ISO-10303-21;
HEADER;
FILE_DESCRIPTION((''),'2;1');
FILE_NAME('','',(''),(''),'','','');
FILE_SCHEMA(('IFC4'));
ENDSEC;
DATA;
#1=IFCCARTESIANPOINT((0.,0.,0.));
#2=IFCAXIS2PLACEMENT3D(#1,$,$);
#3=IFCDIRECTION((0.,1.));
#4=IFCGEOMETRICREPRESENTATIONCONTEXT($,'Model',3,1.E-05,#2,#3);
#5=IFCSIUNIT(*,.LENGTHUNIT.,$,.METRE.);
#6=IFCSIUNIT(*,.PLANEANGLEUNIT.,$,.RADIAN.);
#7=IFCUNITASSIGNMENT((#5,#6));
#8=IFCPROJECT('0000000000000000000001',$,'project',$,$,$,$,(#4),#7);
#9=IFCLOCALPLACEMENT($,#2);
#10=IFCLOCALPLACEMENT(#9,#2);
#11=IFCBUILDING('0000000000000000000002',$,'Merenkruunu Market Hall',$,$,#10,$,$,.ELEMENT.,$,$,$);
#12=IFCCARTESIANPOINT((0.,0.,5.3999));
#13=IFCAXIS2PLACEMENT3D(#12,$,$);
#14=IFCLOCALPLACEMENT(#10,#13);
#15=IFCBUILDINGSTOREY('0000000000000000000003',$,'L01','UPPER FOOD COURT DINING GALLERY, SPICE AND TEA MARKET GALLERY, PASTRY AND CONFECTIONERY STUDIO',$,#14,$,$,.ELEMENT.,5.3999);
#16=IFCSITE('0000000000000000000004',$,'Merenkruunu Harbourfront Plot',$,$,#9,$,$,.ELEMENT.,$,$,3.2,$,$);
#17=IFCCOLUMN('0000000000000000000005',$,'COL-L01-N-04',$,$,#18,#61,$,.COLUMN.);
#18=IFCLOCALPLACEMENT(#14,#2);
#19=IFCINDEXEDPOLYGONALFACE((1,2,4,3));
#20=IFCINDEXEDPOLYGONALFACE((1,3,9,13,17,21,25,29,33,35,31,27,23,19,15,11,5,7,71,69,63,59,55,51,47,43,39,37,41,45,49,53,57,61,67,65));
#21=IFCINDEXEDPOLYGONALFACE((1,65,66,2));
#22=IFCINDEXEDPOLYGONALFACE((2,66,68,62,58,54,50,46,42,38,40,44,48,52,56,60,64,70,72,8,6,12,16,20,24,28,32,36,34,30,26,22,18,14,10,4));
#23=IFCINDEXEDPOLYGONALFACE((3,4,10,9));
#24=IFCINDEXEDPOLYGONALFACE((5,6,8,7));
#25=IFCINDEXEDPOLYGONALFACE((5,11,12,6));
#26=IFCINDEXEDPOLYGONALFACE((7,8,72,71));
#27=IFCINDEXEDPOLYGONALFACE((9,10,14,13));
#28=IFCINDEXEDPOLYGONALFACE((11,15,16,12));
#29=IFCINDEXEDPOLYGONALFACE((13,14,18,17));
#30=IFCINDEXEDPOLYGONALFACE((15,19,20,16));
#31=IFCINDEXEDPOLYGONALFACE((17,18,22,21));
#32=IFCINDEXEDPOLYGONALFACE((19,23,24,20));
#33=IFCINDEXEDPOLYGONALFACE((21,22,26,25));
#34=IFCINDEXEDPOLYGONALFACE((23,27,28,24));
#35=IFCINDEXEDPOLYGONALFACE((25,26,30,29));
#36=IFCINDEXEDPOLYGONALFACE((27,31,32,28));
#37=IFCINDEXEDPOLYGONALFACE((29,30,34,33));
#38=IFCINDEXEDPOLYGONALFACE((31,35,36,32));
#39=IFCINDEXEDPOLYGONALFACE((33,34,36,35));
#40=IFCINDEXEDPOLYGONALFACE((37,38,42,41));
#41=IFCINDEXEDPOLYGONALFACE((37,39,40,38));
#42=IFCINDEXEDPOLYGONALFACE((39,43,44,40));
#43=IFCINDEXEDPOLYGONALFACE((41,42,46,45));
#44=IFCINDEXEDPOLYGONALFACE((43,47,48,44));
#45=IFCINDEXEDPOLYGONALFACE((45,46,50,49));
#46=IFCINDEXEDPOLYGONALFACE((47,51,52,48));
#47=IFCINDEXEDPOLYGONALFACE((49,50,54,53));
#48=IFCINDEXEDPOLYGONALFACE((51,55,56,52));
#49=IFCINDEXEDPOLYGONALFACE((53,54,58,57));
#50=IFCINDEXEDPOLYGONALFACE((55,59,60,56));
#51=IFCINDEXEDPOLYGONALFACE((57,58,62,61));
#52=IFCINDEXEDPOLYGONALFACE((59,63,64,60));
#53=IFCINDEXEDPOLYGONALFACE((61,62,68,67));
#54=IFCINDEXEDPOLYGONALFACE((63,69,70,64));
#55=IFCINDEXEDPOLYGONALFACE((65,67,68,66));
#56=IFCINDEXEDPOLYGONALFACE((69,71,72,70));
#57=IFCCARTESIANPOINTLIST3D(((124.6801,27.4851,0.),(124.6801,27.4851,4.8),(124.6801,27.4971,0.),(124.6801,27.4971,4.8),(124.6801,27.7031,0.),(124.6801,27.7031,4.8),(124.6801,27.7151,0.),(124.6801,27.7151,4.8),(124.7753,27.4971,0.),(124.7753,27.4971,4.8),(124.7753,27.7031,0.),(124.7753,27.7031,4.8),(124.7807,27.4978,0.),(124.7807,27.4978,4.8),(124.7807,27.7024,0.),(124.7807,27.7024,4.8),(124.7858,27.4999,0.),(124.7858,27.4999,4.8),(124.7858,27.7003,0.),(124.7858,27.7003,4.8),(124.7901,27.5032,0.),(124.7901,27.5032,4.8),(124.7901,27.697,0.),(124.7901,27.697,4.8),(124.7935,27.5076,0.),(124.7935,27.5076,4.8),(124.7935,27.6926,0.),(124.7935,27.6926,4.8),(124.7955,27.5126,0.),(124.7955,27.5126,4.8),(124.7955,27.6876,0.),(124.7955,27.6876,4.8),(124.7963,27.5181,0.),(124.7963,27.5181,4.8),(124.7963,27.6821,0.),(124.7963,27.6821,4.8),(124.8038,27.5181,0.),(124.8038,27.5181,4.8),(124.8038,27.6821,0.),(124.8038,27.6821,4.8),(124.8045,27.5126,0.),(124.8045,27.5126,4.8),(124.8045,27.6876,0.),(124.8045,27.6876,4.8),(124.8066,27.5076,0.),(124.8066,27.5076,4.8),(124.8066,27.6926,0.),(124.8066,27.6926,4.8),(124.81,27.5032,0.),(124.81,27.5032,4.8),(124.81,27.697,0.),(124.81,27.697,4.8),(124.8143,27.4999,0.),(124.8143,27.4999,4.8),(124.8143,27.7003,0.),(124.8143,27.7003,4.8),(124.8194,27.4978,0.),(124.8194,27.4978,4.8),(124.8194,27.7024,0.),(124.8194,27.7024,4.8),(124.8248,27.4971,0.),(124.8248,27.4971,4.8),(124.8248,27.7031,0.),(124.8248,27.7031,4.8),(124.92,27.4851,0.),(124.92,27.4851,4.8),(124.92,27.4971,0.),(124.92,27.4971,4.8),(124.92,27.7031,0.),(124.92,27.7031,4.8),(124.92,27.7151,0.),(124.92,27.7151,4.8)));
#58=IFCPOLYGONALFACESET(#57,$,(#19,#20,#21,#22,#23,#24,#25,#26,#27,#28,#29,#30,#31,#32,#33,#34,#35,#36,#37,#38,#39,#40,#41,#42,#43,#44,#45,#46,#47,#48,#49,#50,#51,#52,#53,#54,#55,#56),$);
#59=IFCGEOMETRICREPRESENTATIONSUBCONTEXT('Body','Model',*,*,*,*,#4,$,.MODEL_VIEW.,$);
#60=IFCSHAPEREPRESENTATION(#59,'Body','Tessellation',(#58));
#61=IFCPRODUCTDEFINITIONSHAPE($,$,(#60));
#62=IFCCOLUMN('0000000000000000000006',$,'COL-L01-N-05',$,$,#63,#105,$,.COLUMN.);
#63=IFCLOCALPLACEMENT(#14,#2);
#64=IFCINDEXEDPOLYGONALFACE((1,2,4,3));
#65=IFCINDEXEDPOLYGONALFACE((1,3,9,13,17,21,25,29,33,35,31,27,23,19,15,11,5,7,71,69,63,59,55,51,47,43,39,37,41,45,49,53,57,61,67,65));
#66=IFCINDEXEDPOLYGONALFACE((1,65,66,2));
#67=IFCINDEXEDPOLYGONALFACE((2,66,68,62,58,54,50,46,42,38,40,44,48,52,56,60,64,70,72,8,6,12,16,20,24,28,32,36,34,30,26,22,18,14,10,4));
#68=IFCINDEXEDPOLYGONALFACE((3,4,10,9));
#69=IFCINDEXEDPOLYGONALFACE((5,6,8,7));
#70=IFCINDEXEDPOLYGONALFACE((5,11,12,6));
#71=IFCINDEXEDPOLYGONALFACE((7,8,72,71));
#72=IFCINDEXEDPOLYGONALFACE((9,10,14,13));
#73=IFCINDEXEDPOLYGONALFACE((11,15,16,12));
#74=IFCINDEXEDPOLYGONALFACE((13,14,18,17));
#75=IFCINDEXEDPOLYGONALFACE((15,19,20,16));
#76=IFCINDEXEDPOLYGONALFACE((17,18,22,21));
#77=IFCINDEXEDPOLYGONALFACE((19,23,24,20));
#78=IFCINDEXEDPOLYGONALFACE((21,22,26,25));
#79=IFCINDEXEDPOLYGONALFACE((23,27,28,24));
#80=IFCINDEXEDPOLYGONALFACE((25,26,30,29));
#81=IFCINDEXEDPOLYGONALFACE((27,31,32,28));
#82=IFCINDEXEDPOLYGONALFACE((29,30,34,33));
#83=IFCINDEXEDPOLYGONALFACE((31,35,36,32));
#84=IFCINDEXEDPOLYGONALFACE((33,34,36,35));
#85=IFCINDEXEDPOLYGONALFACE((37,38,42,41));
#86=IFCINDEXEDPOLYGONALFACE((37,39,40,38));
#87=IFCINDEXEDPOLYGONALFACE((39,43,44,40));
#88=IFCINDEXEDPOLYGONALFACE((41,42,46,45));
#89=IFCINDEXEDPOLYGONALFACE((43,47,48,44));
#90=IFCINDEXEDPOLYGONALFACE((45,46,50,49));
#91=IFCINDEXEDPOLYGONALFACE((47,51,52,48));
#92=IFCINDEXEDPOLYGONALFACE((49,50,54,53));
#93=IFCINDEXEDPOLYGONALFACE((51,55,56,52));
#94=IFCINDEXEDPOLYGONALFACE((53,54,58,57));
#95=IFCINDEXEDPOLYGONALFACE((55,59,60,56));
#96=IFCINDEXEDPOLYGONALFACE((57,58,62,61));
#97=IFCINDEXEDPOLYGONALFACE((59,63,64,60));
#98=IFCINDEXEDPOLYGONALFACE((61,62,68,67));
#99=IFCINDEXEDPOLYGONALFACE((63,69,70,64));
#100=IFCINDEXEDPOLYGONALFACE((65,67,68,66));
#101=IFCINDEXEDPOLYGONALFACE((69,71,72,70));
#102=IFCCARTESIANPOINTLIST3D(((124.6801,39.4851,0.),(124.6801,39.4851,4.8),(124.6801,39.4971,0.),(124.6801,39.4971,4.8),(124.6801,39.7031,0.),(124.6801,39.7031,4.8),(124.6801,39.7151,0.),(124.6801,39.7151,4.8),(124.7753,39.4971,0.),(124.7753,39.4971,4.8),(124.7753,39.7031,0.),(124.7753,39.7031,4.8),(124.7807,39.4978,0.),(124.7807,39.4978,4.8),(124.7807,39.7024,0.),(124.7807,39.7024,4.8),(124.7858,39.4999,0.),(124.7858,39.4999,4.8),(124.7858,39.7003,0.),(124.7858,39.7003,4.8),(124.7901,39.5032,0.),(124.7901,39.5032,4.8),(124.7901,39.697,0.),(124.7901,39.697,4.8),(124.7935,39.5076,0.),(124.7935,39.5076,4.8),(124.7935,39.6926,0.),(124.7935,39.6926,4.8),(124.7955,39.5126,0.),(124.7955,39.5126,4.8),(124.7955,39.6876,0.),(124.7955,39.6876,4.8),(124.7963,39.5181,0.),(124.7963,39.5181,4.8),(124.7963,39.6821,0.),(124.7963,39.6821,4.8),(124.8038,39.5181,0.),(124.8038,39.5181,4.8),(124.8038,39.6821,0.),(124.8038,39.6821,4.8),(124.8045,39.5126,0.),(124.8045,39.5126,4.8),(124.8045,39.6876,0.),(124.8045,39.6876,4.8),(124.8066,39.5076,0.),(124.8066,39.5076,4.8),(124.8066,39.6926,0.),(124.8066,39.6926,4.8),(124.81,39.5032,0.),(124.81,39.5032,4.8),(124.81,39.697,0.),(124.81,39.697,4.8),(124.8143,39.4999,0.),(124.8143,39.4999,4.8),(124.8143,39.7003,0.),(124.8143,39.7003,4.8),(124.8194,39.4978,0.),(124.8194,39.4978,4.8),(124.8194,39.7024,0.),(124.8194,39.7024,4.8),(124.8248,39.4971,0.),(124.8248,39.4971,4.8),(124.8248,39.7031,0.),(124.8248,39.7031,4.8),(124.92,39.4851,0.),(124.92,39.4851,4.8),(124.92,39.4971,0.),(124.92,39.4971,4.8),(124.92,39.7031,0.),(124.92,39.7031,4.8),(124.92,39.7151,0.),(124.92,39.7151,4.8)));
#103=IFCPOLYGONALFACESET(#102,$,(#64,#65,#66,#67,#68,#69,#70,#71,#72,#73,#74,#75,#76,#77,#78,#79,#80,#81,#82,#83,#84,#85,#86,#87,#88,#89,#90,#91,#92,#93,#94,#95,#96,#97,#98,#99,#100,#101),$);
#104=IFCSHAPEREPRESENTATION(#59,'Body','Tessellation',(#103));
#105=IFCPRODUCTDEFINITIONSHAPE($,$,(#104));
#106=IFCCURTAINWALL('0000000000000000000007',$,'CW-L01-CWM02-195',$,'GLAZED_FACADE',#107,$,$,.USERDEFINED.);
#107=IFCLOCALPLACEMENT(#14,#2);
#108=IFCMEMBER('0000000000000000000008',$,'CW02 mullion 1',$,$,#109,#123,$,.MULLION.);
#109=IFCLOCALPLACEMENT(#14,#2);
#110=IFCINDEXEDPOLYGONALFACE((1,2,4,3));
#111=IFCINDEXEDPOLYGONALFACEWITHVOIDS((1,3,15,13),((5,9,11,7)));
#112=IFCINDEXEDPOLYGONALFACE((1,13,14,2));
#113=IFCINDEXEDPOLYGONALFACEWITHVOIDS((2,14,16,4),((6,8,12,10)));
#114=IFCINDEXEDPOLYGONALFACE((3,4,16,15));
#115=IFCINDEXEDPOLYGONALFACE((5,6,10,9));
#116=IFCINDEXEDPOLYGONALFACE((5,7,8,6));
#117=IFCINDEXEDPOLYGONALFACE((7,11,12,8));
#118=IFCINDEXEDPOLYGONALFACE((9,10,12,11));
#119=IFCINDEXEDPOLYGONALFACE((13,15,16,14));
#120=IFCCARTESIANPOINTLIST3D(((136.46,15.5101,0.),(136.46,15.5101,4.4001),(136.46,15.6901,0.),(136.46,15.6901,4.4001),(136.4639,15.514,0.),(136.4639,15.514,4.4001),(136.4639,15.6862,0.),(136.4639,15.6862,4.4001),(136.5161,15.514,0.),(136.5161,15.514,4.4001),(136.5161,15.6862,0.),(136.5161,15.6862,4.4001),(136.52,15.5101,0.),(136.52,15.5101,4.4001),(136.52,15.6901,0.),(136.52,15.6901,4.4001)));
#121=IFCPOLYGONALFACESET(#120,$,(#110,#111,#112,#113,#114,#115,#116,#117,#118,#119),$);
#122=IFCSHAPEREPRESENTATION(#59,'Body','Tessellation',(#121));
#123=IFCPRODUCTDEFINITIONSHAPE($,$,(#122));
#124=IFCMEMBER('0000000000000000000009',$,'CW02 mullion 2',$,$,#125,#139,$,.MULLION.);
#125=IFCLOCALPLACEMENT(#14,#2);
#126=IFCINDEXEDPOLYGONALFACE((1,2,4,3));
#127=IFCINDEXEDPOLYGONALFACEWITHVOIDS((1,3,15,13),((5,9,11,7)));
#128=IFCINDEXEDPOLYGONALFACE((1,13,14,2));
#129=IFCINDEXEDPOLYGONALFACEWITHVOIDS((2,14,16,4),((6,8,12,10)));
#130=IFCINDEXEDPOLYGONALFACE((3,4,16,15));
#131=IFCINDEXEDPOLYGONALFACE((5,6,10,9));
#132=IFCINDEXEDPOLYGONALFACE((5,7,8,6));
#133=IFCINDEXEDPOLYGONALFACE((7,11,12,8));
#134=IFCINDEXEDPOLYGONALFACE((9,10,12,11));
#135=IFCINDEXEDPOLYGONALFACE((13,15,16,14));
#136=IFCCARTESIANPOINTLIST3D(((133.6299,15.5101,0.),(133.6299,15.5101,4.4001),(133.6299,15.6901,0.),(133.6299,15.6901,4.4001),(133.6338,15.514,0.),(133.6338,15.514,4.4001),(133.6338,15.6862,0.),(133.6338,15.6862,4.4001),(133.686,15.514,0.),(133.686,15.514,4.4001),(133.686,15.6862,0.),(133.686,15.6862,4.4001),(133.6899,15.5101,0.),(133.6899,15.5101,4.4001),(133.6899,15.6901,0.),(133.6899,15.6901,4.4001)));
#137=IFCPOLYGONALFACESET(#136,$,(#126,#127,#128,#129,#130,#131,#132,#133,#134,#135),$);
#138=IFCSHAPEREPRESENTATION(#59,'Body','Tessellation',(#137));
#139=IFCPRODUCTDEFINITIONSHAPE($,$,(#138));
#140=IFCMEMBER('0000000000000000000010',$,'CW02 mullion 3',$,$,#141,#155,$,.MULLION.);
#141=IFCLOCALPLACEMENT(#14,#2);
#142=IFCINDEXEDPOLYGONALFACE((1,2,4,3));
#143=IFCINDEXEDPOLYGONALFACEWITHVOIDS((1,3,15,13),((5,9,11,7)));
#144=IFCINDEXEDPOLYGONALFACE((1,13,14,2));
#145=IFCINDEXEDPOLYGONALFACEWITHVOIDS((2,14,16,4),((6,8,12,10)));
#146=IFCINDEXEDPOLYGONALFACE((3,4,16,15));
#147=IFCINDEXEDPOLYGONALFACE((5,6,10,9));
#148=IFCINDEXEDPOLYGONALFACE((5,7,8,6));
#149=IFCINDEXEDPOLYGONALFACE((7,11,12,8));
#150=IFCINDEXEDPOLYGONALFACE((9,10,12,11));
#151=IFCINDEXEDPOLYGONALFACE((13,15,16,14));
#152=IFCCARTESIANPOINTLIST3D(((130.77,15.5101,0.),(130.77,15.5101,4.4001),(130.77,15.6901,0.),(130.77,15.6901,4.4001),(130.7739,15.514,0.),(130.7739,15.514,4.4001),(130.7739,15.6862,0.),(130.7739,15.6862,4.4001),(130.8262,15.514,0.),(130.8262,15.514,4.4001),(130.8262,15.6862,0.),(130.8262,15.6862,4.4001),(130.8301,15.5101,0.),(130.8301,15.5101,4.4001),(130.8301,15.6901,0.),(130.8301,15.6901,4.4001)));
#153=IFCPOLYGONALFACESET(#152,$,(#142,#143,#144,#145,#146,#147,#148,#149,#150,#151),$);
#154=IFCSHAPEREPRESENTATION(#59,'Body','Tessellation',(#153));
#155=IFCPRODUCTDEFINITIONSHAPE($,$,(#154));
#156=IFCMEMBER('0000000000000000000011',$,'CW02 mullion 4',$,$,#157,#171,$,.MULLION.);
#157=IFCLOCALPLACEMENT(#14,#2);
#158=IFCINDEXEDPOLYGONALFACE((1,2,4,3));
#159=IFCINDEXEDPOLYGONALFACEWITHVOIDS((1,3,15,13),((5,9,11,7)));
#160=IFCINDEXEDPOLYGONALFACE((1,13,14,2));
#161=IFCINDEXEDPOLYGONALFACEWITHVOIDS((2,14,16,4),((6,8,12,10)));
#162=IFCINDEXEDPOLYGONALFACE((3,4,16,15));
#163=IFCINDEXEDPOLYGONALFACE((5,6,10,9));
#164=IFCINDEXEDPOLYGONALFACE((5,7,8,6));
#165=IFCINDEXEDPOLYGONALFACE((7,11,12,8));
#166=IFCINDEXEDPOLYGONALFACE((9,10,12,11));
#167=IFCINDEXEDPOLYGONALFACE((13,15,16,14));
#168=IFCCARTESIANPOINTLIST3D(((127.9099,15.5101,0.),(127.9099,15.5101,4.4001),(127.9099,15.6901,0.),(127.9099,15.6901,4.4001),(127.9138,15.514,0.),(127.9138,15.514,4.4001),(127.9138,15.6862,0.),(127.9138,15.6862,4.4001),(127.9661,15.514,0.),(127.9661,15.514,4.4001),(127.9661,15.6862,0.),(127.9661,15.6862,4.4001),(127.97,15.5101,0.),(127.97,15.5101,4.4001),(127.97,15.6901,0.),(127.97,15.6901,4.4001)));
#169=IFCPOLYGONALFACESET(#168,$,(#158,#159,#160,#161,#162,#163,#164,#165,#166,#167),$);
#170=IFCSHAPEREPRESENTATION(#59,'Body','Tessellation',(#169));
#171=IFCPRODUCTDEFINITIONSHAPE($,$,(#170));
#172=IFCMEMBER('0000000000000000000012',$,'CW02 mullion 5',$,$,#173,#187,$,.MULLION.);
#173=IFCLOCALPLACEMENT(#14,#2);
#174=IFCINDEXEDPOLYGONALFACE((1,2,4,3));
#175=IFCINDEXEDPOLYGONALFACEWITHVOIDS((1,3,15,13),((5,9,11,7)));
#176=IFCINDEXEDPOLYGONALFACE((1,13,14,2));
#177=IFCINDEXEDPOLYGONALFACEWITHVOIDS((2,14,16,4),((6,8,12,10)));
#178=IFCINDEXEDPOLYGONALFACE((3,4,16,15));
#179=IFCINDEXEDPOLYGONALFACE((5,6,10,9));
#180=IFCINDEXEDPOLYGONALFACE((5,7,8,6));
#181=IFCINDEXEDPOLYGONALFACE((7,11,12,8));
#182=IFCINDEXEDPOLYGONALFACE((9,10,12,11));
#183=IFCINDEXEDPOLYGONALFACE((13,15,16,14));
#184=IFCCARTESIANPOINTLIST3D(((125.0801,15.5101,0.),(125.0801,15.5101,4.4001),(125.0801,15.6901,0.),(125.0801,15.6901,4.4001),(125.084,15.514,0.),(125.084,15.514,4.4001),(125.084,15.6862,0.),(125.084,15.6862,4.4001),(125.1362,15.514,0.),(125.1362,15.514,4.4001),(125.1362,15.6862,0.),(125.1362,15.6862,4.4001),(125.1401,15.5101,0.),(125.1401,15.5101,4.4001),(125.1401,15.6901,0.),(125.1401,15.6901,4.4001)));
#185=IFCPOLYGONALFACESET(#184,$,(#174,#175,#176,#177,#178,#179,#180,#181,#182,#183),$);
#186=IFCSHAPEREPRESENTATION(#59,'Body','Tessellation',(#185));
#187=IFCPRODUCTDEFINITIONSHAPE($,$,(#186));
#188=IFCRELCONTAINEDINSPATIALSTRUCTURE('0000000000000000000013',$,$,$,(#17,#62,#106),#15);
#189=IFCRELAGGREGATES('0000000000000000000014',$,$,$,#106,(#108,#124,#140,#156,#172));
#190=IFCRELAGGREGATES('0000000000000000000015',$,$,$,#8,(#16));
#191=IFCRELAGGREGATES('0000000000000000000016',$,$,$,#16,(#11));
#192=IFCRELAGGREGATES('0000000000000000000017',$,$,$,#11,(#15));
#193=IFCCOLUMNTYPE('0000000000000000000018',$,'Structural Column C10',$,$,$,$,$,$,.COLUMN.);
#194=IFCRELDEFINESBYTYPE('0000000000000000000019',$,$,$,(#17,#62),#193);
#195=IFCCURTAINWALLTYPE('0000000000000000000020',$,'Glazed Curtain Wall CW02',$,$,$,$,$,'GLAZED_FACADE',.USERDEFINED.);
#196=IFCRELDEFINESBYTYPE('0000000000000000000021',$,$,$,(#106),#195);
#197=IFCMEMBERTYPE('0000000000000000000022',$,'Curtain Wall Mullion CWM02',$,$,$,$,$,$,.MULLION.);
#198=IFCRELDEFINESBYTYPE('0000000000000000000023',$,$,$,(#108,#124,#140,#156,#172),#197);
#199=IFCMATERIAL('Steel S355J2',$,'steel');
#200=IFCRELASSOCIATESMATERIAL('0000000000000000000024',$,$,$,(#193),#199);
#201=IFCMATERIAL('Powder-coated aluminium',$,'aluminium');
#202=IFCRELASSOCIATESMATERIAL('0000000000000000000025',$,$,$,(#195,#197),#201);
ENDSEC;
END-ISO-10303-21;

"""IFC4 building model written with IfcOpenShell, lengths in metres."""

from ifc_helpers import new_model, si_unit, direction, frame, origin, origin_2d, place, context, subcontext, project, spatial, hollow_rectangle, i_section, extrude, material, material_profile, profile_set, type_object, element, aggregate, save


model = new_model("IFC4")

# Units and contexts
model_context = context("Model", 3, precision=1e-05, world=origin(), true_north=direction((0.0, 1.0)))
body_context = subcontext(model_context, "Body", "Model", "MODEL_VIEW")
ifc_project = project(units=[si_unit("LENGTHUNIT", "METRE"), si_unit("PLANEANGLEUNIT", "RADIAN")], contexts=[model_context])

# Site, building, storey
site_placement = place(None, origin())
site = spatial("IfcSite", under=ifc_project, at=site_placement, Name="Merenkruunu Harbourfront Plot", CompositionType="ELEMENT", RefElevation=3.2)
building_placement = place(site_placement, origin())
building = spatial("IfcBuilding", under=site, at=building_placement, Name="Merenkruunu Market Hall", CompositionType="ELEMENT")
storey_placement = place(building_placement, frame((0.0, 0.0, 5.3999)))
storey = spatial("IfcBuildingStorey", under=building, at=storey_placement, Name="L01", Description="UPPER FOOD COURT DINING GALLERY, SPICE AND TEA MARKET GALLERY, PASTRY AND CONFECTIONERY STUDIO", CompositionType="ELEMENT", Elevation=5.3999)

# Columns
ifc_material_1 = material(Name="Steel S355J2", Category="steel")
ifc_material_profile_1 = material_profile(ifc_material_1, i_section(OverallWidth=0.24, OverallDepth=0.23, WebThickness=0.0076, FlangeThickness=0.012, FilletRadius=0.021, at=origin_2d()), Name="HEA 240")
ifc_profile_set_1 = profile_set([ifc_material_profile_1], Name="Steel S355J2")
column_type = type_object("IfcColumnType", Name="Structural Column C10", PredefinedType="COLUMN", material=ifc_profile_set_1)
for number, where, z_axis, x_axis, name in (
    (1, (124.8, 27.6001, 0.0), (0.0, 0.0, 1.0), (1.0, 0.0, 0.0), "COL-L01-N-04"),
    (2, (124.8, 39.6001, 0.0), (0.0, 0.0, 1.0), (1.0, 0.0, 0.0), "COL-L01-N-05"),
):
    element("IfcColumn", number, at=place(storey_placement, frame(where, z_axis=z_axis, x_axis=x_axis)), inside=storey, type_object=column_type, Name=name, PredefinedType="COLUMN", context=body_context, shape_type="SweptSolid", body=[
        extrude(i_section(OverallWidth=0.24, OverallDepth=0.23, WebThickness=0.0076, FlangeThickness=0.012, FilletRadius=0.021, at=origin_2d()), origin(), (0.0, 0.0, 1.0), 4.8),
    ])

# Curtain wall, members
ifc_material_2 = material(Name="Powder-coated aluminium", Category="aluminium")
curtain_wall_type = type_object("IfcCurtainWallType", Name="Glazed Curtain Wall CW02", ElementType="GLAZED_FACADE", PredefinedType="USERDEFINED", material=ifc_material_2)
curtain_wall_placement = place(storey_placement, origin())
curtain_wall = element("IfcCurtainWall", 3, at=curtain_wall_placement, inside=storey, type_object=curtain_wall_type, Name="CW-L01-CWM02-195", ObjectType="GLAZED_FACADE", PredefinedType="USERDEFINED")
ifc_material_profile_2 = material_profile(ifc_material_2, hollow_rectangle(XDim=0.0601, YDim=0.1799, WallThickness=0.0039, at=origin_2d()), Name="ALU 60x180x4")
ifc_profile_set_2 = profile_set([ifc_material_profile_2], Name="Powder-coated aluminium")
member_type_1 = type_object("IfcMemberType", Name="Curtain Wall Mullion CWM02", PredefinedType="MULLION", material=ifc_profile_set_2)
member_1_placement = place(storey_placement, frame((136.49, 15.6001, 0.0), z_axis=(0.0, 0.0, 1.0), x_axis=(-1.0, 0.0, 0.0)))
member_1 = element("IfcMember", 4, at=member_1_placement, type_object=member_type_1, Name="CW02 mullion 1", PredefinedType="MULLION", context=body_context, shape_type="SweptSolid", body=[
    extrude(hollow_rectangle(XDim=0.0601, YDim=0.1799, WallThickness=0.0039, at=origin_2d()), origin(), (0.0, 0.0, 1.0), 4.4001),
])
member_2_placement = place(storey_placement, frame((133.6599, 15.6001, 0.0), z_axis=(0.0, 0.0, 1.0), x_axis=(-1.0, 0.0, 0.0)))
member_2 = element("IfcMember", 5, at=member_2_placement, type_object=member_type_1, Name="CW02 mullion 2", PredefinedType="MULLION", context=body_context, shape_type="SweptSolid", body=[
    extrude(hollow_rectangle(XDim=0.0601, YDim=0.1799, WallThickness=0.0039, at=origin_2d()), origin(), (0.0, 0.0, 1.0), 4.4001),
])
member_3_placement = place(storey_placement, frame((130.8, 15.6001, 0.0), z_axis=(0.0, 0.0, 1.0), x_axis=(-1.0, 0.0, 0.0)))
member_3 = element("IfcMember", 6, at=member_3_placement, type_object=member_type_1, Name="CW02 mullion 3", PredefinedType="MULLION", context=body_context, shape_type="SweptSolid", body=[
    extrude(hollow_rectangle(XDim=0.0601, YDim=0.1799, WallThickness=0.0039, at=origin_2d()), origin(), (0.0, 0.0, 1.0), 4.4001),
])
member_4_placement = place(storey_placement, frame((127.9399, 15.6001, 0.0), z_axis=(0.0, 0.0, 1.0), x_axis=(-1.0, 0.0, 0.0)))
member_4 = element("IfcMember", 7, at=member_4_placement, type_object=member_type_1, Name="CW02 mullion 4", PredefinedType="MULLION", context=body_context, shape_type="SweptSolid", body=[
    extrude(hollow_rectangle(XDim=0.0601, YDim=0.1799, WallThickness=0.0039, at=origin_2d()), origin(), (0.0, 0.0, 1.0), 4.4001),
])
member_5_placement = place(storey_placement, frame((125.1101, 15.6001, 0.0), z_axis=(0.0, 0.0, 1.0), x_axis=(-1.0, 0.0, 0.0)))
member_5 = element("IfcMember", 8, at=member_5_placement, type_object=member_type_1, Name="CW02 mullion 5", PredefinedType="MULLION", context=body_context, shape_type="SweptSolid", body=[
    extrude(hollow_rectangle(XDim=0.0601, YDim=0.1799, WallThickness=0.0039, at=origin_2d()), origin(), (0.0, 0.0, 1.0), 4.4001),
])

aggregate(curtain_wall, [member_1, member_2, member_3, member_4, member_5])

save(model, "model.ifc")
